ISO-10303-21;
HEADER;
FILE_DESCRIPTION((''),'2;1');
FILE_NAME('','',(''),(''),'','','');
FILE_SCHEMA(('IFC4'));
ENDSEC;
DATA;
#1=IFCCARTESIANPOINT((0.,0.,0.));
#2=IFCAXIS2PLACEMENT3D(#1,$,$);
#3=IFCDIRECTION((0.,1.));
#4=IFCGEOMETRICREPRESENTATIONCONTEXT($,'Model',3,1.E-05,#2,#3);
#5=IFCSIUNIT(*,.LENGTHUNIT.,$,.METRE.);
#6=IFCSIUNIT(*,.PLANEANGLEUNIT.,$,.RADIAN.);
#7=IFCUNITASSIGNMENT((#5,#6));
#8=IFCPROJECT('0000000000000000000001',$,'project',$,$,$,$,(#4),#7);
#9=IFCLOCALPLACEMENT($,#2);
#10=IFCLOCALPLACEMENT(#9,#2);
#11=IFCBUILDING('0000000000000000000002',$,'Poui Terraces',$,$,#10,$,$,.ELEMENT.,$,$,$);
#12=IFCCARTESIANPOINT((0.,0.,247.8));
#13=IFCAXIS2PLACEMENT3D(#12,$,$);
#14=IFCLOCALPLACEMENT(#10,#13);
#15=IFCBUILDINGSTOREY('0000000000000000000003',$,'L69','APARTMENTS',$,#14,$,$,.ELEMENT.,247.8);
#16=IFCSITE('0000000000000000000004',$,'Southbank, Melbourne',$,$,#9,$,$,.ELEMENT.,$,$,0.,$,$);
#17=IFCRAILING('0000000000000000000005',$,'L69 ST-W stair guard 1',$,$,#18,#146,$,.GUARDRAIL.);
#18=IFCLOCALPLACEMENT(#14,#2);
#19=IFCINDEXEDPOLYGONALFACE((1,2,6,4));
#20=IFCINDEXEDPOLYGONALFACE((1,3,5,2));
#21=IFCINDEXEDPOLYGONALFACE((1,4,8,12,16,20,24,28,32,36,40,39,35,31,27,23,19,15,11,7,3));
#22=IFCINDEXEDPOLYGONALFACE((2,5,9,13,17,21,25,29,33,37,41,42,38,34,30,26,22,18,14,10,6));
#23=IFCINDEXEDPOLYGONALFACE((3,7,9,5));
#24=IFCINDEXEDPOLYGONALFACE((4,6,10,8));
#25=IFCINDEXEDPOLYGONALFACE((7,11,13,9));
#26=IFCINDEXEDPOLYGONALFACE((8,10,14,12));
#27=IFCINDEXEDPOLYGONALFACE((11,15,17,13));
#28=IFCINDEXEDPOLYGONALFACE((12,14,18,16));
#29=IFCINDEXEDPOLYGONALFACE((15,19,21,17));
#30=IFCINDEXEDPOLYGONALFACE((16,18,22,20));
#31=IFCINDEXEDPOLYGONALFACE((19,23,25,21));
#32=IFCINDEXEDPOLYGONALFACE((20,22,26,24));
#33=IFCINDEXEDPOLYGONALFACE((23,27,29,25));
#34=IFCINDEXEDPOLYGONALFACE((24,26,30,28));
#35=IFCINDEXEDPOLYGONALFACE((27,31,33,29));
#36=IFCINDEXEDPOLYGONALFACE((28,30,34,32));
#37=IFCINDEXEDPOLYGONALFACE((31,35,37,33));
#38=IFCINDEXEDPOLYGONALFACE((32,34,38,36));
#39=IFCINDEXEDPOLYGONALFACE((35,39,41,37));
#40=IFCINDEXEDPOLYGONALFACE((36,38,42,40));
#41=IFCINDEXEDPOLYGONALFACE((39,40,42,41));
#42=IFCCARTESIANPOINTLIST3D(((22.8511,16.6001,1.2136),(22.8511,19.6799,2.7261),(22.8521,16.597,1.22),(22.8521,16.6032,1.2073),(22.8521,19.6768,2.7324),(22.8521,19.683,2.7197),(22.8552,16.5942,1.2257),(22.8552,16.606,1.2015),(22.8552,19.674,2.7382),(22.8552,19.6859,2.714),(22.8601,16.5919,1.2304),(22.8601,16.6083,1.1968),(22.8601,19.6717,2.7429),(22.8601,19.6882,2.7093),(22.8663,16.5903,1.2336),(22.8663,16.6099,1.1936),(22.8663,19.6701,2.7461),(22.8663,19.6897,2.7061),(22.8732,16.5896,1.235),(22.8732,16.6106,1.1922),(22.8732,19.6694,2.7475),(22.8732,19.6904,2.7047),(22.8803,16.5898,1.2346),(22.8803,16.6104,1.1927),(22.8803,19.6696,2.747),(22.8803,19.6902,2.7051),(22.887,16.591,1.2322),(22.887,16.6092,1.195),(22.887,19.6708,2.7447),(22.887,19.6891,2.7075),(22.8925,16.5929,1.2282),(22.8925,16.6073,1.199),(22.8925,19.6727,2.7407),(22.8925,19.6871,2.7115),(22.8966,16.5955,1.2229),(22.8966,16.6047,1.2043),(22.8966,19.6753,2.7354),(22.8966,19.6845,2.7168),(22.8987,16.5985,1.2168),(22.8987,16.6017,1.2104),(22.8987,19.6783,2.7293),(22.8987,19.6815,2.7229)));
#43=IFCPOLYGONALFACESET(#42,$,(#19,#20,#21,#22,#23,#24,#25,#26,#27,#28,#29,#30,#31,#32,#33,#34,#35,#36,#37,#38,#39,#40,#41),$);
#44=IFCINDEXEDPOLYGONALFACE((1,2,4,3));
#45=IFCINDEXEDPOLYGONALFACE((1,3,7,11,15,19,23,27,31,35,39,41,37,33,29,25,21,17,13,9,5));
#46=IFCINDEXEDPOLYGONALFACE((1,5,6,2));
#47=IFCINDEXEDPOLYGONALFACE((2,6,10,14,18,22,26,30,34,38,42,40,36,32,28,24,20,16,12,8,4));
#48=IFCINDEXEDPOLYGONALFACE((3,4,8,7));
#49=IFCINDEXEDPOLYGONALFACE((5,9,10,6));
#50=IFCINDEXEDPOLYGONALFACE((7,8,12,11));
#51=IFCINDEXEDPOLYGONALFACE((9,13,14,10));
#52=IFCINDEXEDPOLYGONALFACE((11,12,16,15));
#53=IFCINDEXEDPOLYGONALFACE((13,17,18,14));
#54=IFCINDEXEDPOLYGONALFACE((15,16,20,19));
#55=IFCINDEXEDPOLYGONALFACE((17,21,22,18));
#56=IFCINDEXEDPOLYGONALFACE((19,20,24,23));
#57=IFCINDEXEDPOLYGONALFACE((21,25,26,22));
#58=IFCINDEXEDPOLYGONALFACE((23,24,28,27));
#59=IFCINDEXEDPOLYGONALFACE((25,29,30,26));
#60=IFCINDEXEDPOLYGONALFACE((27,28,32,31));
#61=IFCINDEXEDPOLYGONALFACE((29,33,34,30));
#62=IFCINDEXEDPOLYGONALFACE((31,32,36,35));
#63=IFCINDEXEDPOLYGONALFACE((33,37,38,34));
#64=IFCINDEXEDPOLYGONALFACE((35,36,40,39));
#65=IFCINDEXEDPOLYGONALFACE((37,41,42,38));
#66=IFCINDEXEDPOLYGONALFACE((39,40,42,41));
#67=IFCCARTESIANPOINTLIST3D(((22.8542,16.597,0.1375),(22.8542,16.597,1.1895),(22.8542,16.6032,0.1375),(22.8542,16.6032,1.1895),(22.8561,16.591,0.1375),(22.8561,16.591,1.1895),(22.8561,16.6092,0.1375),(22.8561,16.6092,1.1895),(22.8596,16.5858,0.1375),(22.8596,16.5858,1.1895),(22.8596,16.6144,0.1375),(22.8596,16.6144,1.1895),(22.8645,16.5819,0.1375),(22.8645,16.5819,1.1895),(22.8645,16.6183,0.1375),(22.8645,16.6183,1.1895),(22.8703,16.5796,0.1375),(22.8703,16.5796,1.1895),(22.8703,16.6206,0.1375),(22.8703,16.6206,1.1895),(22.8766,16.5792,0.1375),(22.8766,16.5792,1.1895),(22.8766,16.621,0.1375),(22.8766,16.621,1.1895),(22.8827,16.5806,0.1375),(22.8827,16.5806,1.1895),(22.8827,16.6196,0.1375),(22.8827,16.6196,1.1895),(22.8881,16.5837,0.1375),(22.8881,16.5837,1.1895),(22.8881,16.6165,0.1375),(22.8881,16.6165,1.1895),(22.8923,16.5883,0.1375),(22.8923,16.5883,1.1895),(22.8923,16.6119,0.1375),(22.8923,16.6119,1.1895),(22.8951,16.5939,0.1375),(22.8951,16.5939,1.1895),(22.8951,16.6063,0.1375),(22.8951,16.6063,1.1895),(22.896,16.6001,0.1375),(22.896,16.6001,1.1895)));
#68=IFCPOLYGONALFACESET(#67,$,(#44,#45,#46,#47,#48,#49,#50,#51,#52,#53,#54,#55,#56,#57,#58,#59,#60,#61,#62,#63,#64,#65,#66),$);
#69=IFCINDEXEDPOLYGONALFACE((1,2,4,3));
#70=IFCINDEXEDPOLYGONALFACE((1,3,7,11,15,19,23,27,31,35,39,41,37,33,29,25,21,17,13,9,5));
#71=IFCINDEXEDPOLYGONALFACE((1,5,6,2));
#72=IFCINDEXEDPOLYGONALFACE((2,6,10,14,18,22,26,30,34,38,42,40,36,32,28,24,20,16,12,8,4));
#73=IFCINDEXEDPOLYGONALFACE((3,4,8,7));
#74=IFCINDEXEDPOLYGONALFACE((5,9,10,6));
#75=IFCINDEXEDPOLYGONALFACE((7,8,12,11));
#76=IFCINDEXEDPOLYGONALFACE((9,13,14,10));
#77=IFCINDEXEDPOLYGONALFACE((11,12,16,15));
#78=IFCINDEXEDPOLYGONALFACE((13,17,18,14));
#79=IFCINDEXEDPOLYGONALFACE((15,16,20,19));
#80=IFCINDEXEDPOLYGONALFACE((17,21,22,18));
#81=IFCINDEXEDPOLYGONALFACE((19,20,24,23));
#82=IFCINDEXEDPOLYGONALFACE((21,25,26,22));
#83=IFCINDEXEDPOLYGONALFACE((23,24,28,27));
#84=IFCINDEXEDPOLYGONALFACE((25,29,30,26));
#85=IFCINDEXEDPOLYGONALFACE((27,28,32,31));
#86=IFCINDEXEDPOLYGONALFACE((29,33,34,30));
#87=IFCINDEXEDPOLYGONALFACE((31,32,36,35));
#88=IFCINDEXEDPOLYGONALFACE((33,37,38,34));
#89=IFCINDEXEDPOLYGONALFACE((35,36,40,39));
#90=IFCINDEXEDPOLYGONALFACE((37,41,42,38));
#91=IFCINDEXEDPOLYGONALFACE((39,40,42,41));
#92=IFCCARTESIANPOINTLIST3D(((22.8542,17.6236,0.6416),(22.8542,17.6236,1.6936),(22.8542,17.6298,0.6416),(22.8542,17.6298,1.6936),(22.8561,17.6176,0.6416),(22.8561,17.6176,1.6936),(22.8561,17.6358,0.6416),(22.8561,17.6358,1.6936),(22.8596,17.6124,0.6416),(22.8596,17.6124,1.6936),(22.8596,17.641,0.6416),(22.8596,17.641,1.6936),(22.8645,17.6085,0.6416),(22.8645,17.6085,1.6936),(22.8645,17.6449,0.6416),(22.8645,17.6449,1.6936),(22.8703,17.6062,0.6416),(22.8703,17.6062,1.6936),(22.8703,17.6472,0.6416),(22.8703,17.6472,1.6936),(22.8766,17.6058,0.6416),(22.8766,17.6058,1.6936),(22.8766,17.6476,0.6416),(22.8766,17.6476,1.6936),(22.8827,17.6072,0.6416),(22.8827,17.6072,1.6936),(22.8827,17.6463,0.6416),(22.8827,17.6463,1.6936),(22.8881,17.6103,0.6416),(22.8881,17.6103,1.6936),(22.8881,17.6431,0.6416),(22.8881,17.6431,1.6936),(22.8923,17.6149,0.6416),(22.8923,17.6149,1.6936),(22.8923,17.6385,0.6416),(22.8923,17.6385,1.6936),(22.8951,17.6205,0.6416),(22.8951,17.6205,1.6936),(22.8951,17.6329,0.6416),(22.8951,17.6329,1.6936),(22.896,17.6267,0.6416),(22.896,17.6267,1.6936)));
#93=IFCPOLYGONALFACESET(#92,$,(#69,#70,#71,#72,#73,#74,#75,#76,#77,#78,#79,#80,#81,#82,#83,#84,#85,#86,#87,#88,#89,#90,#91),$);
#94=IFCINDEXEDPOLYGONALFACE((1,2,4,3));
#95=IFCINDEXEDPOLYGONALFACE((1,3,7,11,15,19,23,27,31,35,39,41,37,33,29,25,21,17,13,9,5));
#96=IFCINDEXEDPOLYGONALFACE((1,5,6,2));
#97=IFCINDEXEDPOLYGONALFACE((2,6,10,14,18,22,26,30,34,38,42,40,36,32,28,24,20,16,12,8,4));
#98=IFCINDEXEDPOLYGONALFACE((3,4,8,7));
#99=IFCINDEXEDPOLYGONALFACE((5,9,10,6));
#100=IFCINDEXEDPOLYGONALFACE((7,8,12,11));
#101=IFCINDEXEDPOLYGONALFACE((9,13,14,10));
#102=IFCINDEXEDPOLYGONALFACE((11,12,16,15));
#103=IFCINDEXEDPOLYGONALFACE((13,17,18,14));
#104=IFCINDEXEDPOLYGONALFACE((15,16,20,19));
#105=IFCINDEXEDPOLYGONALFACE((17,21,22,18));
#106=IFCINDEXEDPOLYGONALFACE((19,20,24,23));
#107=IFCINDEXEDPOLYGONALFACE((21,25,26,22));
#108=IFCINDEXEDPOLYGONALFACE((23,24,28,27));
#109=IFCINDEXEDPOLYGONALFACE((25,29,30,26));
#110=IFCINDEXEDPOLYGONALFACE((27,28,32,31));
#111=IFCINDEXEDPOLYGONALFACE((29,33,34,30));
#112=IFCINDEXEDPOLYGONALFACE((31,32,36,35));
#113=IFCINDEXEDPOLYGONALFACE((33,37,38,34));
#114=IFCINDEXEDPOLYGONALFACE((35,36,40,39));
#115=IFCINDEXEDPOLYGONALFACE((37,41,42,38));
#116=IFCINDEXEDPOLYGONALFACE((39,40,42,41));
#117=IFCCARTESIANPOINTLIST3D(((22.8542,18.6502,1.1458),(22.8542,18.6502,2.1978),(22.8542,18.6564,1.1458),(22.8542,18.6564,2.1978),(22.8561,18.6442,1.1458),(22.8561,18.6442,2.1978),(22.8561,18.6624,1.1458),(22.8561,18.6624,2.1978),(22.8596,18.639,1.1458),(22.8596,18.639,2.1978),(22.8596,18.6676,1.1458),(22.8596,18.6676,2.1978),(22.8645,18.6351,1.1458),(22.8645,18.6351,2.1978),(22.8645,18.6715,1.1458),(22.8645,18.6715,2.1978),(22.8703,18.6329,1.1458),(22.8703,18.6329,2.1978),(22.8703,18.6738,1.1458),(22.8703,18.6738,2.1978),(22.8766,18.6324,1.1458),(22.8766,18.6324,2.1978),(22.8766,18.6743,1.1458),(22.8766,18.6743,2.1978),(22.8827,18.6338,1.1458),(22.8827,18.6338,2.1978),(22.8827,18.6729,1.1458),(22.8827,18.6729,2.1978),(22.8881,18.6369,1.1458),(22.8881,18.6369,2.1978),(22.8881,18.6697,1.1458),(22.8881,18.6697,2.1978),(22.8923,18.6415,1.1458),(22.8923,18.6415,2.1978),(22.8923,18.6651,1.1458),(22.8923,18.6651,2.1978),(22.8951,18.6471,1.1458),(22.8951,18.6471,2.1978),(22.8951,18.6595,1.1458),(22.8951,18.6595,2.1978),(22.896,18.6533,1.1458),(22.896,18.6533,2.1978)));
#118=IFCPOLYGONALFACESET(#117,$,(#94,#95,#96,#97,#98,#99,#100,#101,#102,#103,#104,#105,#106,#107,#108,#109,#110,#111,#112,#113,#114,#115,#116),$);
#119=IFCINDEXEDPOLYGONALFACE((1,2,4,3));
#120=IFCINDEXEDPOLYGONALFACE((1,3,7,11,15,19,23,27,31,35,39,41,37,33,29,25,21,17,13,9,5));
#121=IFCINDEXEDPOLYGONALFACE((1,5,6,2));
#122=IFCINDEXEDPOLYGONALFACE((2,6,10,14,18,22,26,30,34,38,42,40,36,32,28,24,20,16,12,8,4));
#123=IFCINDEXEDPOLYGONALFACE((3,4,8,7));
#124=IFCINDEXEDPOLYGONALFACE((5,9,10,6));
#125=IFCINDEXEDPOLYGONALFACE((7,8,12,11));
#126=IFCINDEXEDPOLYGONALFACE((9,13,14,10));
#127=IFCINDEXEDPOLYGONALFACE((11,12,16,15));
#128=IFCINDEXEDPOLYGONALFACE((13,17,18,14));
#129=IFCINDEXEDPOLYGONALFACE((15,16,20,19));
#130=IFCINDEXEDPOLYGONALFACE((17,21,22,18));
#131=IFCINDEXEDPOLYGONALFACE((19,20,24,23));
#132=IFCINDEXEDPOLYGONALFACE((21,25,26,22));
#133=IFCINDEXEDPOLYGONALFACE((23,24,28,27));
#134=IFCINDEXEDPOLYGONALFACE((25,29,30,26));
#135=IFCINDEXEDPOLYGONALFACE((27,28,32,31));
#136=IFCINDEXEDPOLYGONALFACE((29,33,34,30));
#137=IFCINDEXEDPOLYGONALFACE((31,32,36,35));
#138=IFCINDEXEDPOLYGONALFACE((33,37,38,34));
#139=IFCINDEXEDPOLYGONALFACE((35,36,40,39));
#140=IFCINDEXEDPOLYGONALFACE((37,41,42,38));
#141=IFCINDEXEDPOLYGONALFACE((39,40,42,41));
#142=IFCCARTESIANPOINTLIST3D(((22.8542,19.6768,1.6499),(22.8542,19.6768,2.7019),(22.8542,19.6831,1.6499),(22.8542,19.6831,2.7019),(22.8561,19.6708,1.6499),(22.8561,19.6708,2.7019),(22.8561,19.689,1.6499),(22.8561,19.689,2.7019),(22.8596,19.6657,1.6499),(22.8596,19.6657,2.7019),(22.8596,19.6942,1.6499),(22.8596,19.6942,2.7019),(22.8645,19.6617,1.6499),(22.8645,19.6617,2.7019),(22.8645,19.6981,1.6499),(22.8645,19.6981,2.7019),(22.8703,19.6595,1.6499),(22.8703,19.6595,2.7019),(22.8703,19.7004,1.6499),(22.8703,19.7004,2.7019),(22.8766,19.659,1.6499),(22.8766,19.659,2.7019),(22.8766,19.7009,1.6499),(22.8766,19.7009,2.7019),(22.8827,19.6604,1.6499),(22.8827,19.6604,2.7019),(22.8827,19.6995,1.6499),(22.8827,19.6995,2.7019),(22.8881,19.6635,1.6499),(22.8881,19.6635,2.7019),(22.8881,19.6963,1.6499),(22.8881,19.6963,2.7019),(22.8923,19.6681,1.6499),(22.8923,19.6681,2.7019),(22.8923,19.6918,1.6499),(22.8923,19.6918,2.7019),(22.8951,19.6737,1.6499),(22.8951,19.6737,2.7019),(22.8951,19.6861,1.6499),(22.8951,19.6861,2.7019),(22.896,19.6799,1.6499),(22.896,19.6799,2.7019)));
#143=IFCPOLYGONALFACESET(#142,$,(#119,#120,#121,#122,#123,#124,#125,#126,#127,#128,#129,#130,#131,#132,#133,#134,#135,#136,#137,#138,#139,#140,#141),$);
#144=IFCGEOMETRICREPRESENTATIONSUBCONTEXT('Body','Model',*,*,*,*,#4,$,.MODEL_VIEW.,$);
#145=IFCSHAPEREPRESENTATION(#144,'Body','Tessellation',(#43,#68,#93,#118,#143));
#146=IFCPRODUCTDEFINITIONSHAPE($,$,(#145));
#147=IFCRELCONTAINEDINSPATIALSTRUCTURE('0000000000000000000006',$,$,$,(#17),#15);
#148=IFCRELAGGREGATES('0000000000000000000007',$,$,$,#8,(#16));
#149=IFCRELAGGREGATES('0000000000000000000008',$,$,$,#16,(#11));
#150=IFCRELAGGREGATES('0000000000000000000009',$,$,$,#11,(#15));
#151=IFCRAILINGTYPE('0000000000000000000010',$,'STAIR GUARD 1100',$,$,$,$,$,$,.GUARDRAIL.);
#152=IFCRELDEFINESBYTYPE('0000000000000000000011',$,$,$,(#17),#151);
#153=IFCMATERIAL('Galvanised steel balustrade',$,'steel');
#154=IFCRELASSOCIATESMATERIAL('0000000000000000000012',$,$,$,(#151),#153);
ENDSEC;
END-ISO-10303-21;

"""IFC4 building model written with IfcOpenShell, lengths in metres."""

from ifc_helpers import new_model, si_unit, direction, frame, origin, origin_2d, place, context, subcontext, project, spatial, circle, extrude, material, type_object, element, save


model = new_model("IFC4")

# Units and contexts
model_context = context("Model", 3, precision=1e-05, world=origin(), true_north=direction((0.0, 1.0)))
body_context = subcontext(model_context, "Body", "Model", "MODEL_VIEW")
ifc_project = project(units=[si_unit("LENGTHUNIT", "METRE"), si_unit("PLANEANGLEUNIT", "RADIAN")], contexts=[model_context])

# Site, building, storey
site_placement = place(None, origin())
site = spatial("IfcSite", under=ifc_project, at=site_placement, Name="Southbank, Melbourne", CompositionType="ELEMENT", RefElevation=0.0)
building_placement = place(site_placement, origin())
building = spatial("IfcBuilding", under=site, at=building_placement, Name="Poui Terraces", CompositionType="ELEMENT")
storey_placement = place(building_placement, frame((0.0, 0.0, 247.8)))
storey = spatial("IfcBuildingStorey", under=building, at=storey_placement, Name="L69", Description="APARTMENTS", CompositionType="ELEMENT", Elevation=247.8)

# Railing
ifc_material_1 = material(Name="Galvanised steel balustrade", Category="steel")
railing_type_1 = type_object("IfcRailingType", Name="STAIR GUARD 1100", PredefinedType="GUARDRAIL", material=ifc_material_1)
railing_1_placement = place(storey_placement, frame((22.875, 16.6001, 0.1375)))
element("IfcRailing", 1, at=railing_1_placement, inside=storey, type_object=railing_type_1, Name="L69 ST-W stair guard 1", PredefinedType="GUARDRAIL", context=body_context, shape_type="SweptSolid", body=[
    extrude(circle(Radius=0.0239, at=origin_2d()), frame((0.0, 0.0, 1.0762), z_axis=(0.0, 0.897606, 0.440798), x_axis=(-1.0, 0.0, 0.0)), (0.0, 0.0, 1.0), 3.4312),
    extrude(circle(Radius=0.021, at=origin_2d()), origin(), (0.0, 0.0, 1.0), 1.052),
    extrude(circle(Radius=0.021, at=origin_2d()), frame((0.0, 1.0266, 0.5042)), (0.0, 0.0, 1.0), 1.052),
    extrude(circle(Radius=0.021, at=origin_2d()), frame((0.0, 2.0532, 1.0083)), (0.0, 0.0, 1.0), 1.052),
    extrude(circle(Radius=0.021, at=origin_2d()), frame((0.0, 3.0798, 1.5125)), (0.0, 0.0, 1.0), 1.052),
])

save(model, "model.ifc")
